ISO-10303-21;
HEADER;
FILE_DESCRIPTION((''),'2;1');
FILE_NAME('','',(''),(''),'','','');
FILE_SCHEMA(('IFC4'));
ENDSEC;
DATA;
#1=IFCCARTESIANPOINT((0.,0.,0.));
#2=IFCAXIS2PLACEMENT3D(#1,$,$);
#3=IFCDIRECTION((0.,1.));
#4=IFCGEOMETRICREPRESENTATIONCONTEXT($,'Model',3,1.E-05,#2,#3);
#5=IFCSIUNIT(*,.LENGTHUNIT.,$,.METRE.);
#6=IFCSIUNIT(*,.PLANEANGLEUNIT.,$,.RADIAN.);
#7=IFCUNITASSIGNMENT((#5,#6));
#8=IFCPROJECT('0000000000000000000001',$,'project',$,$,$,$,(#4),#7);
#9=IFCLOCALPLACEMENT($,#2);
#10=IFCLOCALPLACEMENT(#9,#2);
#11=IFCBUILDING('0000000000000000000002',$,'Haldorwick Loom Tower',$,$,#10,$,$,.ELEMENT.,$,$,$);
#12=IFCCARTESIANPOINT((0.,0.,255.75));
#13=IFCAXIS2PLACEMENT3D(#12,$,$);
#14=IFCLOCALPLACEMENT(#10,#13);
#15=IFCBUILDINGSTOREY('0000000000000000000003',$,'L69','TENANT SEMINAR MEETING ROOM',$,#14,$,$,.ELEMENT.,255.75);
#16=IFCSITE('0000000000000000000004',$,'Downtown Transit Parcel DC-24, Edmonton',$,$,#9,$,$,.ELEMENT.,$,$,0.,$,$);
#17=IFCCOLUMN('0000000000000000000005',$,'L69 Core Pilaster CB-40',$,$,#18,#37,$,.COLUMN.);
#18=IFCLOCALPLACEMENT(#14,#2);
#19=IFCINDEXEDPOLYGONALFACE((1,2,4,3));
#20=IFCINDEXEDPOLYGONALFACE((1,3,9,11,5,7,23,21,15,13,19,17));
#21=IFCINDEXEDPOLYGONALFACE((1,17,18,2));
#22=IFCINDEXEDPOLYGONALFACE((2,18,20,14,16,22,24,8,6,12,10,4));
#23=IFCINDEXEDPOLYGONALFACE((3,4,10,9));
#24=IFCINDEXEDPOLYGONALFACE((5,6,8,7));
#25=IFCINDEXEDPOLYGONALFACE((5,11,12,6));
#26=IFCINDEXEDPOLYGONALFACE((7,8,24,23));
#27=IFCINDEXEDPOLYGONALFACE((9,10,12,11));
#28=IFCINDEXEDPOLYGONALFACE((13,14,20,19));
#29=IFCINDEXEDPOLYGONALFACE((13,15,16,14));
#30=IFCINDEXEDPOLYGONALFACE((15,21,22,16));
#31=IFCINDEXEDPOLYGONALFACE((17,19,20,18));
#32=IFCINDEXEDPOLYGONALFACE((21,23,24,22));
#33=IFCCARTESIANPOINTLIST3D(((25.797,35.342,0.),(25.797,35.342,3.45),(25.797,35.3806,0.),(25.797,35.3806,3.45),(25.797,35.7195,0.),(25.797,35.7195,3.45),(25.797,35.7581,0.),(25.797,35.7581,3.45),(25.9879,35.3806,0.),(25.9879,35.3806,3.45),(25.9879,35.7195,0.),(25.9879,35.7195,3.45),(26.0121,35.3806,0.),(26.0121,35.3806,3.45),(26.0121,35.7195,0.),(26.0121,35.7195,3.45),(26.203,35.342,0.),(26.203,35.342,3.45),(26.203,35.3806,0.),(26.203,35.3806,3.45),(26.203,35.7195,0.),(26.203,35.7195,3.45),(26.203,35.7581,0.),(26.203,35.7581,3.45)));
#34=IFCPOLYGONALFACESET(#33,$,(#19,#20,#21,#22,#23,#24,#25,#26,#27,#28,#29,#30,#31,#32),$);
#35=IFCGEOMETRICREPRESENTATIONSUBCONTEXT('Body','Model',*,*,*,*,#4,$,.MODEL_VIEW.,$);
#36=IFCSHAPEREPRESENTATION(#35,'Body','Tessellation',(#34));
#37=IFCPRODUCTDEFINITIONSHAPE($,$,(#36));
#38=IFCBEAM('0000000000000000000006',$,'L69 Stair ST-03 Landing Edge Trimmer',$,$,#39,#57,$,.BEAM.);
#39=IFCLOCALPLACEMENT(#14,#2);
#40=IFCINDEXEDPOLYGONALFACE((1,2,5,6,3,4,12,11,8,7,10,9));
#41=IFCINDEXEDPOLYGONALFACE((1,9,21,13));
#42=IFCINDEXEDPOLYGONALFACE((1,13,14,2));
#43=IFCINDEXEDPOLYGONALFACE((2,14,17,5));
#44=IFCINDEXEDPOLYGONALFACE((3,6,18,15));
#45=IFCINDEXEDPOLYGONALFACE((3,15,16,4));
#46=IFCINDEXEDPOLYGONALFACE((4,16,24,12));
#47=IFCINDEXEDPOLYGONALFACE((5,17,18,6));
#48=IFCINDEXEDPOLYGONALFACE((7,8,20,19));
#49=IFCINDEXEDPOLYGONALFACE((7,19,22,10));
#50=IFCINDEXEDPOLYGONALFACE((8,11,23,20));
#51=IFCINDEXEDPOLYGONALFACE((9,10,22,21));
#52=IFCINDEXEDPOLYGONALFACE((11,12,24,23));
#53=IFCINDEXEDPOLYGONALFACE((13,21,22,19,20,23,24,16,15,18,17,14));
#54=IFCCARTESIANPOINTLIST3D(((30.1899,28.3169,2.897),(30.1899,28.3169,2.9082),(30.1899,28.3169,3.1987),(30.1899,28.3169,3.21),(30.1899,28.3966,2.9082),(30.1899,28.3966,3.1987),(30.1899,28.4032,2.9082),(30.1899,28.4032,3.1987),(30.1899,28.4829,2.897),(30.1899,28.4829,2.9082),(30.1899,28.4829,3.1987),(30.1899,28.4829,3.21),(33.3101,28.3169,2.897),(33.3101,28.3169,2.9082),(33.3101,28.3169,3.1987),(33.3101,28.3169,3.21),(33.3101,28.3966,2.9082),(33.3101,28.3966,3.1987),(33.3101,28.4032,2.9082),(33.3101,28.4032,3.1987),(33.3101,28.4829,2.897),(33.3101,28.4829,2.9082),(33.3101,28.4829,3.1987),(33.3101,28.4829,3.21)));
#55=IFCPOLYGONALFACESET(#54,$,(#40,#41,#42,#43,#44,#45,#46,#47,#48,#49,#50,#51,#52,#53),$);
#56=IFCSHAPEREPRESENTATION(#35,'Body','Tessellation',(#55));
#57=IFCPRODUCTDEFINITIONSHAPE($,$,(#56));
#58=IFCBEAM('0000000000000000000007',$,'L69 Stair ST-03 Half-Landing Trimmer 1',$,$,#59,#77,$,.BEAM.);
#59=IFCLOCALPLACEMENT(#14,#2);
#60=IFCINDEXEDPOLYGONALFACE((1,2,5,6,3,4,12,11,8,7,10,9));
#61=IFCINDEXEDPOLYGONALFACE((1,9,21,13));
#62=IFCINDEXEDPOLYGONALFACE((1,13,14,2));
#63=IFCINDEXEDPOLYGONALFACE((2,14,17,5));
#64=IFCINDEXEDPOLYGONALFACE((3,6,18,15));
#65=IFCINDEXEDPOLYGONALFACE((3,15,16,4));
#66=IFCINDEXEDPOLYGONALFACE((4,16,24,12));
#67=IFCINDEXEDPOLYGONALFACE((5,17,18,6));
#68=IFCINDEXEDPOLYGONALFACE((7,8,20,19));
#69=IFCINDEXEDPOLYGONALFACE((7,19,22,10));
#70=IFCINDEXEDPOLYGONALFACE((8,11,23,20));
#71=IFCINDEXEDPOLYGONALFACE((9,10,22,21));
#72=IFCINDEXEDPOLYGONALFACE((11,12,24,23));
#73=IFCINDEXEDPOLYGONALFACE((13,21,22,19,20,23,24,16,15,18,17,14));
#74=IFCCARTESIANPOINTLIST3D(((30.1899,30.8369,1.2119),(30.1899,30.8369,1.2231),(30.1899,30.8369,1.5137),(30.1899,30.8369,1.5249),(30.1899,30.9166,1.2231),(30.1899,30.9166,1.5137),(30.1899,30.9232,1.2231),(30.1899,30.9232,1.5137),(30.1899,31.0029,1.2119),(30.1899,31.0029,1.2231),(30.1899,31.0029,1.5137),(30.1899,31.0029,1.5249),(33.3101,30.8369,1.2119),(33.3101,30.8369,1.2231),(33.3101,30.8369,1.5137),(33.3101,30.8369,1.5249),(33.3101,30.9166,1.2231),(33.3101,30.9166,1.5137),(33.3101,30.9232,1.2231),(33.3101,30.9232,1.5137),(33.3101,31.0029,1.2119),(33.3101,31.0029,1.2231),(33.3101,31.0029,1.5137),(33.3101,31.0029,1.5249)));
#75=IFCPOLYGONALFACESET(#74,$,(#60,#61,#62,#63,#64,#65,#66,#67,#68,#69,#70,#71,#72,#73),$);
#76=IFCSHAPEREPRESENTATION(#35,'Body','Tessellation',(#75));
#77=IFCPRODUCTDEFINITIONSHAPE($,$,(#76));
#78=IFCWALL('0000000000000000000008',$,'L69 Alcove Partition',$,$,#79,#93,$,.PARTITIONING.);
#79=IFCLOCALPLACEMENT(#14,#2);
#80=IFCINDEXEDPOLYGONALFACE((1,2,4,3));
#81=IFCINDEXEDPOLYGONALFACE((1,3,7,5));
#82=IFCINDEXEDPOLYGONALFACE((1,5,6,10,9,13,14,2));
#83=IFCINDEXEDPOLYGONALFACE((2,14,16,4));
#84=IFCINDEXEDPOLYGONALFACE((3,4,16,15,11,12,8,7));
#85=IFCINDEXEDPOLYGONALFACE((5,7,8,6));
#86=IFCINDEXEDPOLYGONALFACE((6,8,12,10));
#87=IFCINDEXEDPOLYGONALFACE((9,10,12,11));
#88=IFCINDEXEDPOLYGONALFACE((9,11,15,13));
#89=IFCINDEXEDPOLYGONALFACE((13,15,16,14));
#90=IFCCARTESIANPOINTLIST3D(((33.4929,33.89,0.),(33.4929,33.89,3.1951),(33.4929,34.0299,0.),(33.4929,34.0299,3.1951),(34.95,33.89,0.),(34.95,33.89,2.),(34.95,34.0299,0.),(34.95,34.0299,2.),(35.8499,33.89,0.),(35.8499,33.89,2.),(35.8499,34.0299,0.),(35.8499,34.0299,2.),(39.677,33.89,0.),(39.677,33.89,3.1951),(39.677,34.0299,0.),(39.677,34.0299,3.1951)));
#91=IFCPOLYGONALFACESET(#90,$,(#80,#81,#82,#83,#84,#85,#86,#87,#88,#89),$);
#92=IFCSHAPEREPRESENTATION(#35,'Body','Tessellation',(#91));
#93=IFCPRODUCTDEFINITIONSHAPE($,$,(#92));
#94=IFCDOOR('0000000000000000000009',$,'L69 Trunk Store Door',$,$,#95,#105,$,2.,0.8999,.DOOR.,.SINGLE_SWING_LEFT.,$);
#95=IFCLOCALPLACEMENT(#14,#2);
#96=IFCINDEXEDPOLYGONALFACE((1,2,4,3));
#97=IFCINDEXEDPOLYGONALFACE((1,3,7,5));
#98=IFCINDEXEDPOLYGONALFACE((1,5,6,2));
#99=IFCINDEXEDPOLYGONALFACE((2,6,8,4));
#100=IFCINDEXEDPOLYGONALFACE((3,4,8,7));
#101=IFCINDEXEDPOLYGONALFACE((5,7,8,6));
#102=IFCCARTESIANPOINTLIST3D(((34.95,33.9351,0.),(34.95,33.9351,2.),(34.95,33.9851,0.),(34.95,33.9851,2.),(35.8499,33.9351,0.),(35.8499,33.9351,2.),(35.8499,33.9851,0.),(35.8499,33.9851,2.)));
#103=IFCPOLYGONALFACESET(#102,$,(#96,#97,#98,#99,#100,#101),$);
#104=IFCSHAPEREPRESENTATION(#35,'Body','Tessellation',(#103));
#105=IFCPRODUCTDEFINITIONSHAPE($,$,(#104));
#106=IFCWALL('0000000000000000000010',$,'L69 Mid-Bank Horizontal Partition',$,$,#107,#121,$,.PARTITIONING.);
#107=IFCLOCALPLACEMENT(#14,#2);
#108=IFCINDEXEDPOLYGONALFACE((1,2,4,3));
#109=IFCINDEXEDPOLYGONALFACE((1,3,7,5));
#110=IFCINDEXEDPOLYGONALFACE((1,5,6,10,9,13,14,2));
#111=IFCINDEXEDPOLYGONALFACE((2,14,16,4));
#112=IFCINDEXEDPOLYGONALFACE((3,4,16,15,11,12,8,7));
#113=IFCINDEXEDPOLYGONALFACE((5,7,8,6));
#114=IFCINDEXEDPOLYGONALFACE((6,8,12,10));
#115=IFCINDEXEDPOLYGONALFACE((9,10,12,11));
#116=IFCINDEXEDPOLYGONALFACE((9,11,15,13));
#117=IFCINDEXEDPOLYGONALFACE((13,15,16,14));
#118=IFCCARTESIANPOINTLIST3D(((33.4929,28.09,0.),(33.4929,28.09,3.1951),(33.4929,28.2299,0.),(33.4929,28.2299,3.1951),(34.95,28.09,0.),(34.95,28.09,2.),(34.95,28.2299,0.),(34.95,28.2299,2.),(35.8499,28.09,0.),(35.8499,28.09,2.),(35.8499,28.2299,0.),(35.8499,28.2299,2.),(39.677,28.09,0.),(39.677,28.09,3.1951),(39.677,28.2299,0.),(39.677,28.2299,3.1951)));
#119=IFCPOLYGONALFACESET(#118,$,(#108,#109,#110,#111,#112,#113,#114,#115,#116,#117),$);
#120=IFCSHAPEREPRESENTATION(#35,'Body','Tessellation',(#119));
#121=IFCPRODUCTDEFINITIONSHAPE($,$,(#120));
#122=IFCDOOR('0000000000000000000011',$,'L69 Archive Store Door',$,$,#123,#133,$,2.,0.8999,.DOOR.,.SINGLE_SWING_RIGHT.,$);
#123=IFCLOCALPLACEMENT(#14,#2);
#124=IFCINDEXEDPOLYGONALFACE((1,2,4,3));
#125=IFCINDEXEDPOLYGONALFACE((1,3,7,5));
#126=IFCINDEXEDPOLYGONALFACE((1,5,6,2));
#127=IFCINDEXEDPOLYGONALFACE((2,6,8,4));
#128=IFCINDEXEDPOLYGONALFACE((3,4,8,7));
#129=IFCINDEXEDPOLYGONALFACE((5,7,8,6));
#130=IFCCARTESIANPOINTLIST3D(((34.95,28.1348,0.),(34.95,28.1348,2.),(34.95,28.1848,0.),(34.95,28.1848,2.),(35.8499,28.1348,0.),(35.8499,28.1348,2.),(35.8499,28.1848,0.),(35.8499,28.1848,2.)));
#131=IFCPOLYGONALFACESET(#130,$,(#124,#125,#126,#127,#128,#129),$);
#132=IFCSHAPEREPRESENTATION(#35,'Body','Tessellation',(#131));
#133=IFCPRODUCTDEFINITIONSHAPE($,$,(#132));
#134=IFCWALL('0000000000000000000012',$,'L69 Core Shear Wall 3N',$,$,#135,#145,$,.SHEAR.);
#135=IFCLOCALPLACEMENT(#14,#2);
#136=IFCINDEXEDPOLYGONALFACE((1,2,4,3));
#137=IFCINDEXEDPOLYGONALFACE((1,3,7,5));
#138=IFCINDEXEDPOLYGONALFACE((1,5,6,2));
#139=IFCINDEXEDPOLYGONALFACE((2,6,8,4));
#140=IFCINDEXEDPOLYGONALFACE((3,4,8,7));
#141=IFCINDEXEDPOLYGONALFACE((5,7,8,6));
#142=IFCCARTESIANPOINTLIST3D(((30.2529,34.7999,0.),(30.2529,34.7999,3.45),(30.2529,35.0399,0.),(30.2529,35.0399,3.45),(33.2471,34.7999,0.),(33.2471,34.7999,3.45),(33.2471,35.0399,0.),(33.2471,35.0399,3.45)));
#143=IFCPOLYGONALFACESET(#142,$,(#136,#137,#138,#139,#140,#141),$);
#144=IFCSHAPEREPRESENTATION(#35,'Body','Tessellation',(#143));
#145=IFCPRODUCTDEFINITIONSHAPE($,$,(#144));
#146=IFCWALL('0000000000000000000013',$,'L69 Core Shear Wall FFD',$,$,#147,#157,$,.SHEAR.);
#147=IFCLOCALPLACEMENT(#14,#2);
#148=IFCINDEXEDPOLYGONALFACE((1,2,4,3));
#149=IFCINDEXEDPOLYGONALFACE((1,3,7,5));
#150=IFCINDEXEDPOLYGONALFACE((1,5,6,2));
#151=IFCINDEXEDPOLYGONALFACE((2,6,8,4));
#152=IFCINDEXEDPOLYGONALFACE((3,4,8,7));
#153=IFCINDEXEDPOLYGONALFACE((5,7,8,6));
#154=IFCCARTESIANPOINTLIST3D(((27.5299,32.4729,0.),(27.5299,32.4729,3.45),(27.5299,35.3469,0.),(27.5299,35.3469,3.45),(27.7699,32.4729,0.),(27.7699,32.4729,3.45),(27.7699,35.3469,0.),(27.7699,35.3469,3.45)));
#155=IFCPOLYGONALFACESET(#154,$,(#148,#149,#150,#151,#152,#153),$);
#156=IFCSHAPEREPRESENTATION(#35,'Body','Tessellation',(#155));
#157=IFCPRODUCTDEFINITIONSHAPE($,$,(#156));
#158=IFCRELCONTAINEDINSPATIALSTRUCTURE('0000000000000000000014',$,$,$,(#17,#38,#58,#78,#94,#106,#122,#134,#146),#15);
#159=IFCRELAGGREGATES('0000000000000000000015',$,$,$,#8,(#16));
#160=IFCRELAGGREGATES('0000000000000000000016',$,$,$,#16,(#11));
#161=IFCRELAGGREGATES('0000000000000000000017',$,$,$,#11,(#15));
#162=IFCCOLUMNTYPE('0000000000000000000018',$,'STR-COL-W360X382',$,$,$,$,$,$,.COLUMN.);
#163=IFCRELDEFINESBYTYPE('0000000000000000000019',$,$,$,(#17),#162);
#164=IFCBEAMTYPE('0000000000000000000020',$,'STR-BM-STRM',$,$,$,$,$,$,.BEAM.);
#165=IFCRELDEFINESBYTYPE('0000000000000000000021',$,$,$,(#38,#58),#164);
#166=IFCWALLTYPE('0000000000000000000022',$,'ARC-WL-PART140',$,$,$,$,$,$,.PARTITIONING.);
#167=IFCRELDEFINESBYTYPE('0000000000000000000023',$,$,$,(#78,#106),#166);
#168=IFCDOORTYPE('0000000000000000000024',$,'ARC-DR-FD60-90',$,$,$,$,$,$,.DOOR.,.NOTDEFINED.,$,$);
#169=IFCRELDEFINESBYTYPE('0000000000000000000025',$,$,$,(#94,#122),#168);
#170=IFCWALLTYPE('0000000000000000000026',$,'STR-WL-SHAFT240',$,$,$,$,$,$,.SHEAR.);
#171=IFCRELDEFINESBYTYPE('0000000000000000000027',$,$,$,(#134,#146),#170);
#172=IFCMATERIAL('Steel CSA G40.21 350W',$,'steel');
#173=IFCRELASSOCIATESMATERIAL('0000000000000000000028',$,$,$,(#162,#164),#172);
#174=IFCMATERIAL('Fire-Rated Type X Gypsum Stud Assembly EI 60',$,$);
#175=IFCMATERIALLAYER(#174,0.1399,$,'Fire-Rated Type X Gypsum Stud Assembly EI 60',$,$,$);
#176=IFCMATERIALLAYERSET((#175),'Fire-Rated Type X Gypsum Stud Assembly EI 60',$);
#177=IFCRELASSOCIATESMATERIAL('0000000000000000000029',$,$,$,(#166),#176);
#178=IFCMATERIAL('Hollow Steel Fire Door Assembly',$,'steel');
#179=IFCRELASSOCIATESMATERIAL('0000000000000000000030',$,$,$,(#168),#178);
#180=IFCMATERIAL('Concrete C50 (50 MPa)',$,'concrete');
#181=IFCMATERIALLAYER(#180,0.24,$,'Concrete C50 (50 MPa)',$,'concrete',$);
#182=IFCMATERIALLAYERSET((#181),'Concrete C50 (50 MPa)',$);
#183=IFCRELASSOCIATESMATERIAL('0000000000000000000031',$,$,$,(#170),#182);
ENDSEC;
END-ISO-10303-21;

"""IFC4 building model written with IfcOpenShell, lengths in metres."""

from ifc_helpers import new_model, si_unit, direction, frame, frame_2d, origin, origin_2d, place, context, subcontext, project, spatial, rectangle, i_section, extrude, material, layer, layer_set, material_profile, profile_set, type_object, element, fill, save


model = new_model("IFC4")

# Units and contexts
model_context = context("Model", 3, precision=1e-05, world=origin(), true_north=direction((0.0, 1.0)))
body_context = subcontext(model_context, "Body", "Model", "MODEL_VIEW")
ifc_project = project(units=[si_unit("LENGTHUNIT", "METRE"), si_unit("PLANEANGLEUNIT", "RADIAN")], contexts=[model_context])

# Site, building, storey
site_placement = place(None, origin())
site = spatial("IfcSite", under=ifc_project, at=site_placement, Name="Downtown Transit Parcel DC-24, Edmonton", CompositionType="ELEMENT", RefElevation=0.0)
building_placement = place(site_placement, origin())
building = spatial("IfcBuilding", under=site, at=building_placement, Name="Haldorwick Loom Tower", CompositionType="ELEMENT")
storey_placement = place(building_placement, frame((0.0, 0.0, 255.75)))
storey = spatial("IfcBuildingStorey", under=building, at=storey_placement, Name="L69", Description="TENANT SEMINAR MEETING ROOM", CompositionType="ELEMENT", Elevation=255.75)

# Column
ifc_material_1 = material(Name="Steel CSA G40.21 350W", Category="steel")
ifc_material_profile_1 = material_profile(ifc_material_1, i_section(OverallWidth=0.406, OverallDepth=0.416, WebThickness=0.0242, FlangeThickness=0.0386, at=origin_2d()), Name="W360X382", Category="steel")
ifc_profile_set_1 = profile_set([ifc_material_profile_1], Name="Steel CSA G40.21 350W")
column_type = type_object("IfcColumnType", Name="STR-COL-W360X382", PredefinedType="COLUMN", material=ifc_profile_set_1)
column_placement = place(storey_placement, frame((26.0, 35.55, 0.0), z_axis=(0.0, 0.0, 1.0), x_axis=(1.0, 0.0, 0.0)))
element("IfcColumn", 1, at=column_placement, inside=storey, type_object=column_type, Name="L69 Core Pilaster CB-40", PredefinedType="COLUMN", context=body_context, shape_type="SweptSolid", body=[
    extrude(i_section(OverallWidth=0.406, OverallDepth=0.416, WebThickness=0.0242, FlangeThickness=0.0386, at=origin_2d()), origin(), (0.0, 0.0, 1.0), 3.45),
])

# Beams
ifc_material_profile_2 = material_profile(ifc_material_1, i_section(OverallWidth=0.166, OverallDepth=0.313, WebThickness=0.0066, FlangeThickness=0.0112, at=origin_2d()), Name="W310X45", Category="steel")
ifc_profile_set_2 = profile_set([ifc_material_profile_2], Name="Steel CSA G40.21 350W")
beam_type = type_object("IfcBeamType", Name="STR-BM-STRM", PredefinedType="BEAM", material=ifc_profile_set_2)
for number, where, z_axis, x_axis, name in (
    (2, (30.1899, 28.3999, 3.0535), (1.0, 0.0, 0.0), (0.0, 1.0, 0.0), "L69 Stair ST-03 Landing Edge Trimmer"),
    (3, (30.1899, 30.9199, 1.3684), (1.0, 0.0, 0.0), (0.0, 1.0, 0.0), "L69 Stair ST-03 Half-Landing Trimmer 1"),
):
    element("IfcBeam", number, at=place(storey_placement, frame(where, z_axis=z_axis, x_axis=x_axis)), inside=storey, type_object=beam_type, Name=name, PredefinedType="BEAM", context=body_context, shape_type="SweptSolid", body=[
        extrude(i_section(OverallWidth=0.166, OverallDepth=0.313, WebThickness=0.0066, FlangeThickness=0.0112, at=origin_2d()), origin(), (0.0, 0.0, 1.0), 3.1201),
    ])

# Walls, openings, doors
ifc_material_2 = material(Name="Fire-Rated Type X Gypsum Stud Assembly EI 60")
ifc_layer_1 = layer(ifc_material_2, 0.1399, Name="Fire-Rated Type X Gypsum Stud Assembly EI 60")
ifc_layer_set_1 = layer_set([ifc_layer_1], Name="Fire-Rated Type X Gypsum Stud Assembly EI 60")
wall_type_1 = type_object("IfcWallType", Name="ARC-WL-PART140", PredefinedType="PARTITIONING", material=ifc_layer_set_1)
wall_1_placement = place(storey_placement, frame((33.4929, 33.96, 0.0), z_axis=(0.0, 0.0, 1.0), x_axis=(1.0, 0.0, 0.0)))
wall_1 = element("IfcWall", 4, at=wall_1_placement, inside=storey, type_object=wall_type_1, Name="L69 Alcove Partition", PredefinedType="PARTITIONING", context=body_context, shape_type="SweptSolid", body=[
    extrude(rectangle(XDim=6.1841, YDim=0.1399, at=frame_2d((3.092, 0.0))), origin(), (0.0, 0.0, 1.0), 3.1951),
])
opening_1_placement = place(wall_1_placement, frame((1.457, 0.0, 0.0)))
opening_1 = element("IfcOpeningElement", 5, at=opening_1_placement, cuts=wall_1, PredefinedType="OPENING", context=body_context, shape_type="SweptSolid", body=[
    extrude(rectangle(XDim=0.8999, YDim=2.0, at=frame_2d((0.45, 1.0))), frame((0.0, 0.0798, 0.0), z_axis=(0.0, -1.0, 0.0), x_axis=(1.0, 0.0, 0.0)), (0.0, 0.0, 1.0), 0.1599),
])
ifc_material_3 = material(Name="Hollow Steel Fire Door Assembly", Category="steel")
door_type_1 = type_object("IfcDoorType", Name="ARC-DR-FD60-90", OperationType="NOTDEFINED", PredefinedType="DOOR", material=ifc_material_3)
door_1_placement = place(opening_1_placement, frame((0.8999, 0.0, 0.0), z_axis=(0.0, 0.0, 1.0), x_axis=(-1.0, 0.0, 0.0)))
door_1 = element("IfcDoor", 6, at=door_1_placement, inside=storey, type_object=door_type_1, Name="L69 Trunk Store Door", OperationType="SINGLE_SWING_LEFT", OverallHeight=2.0, OverallWidth=0.8999, PredefinedType="DOOR", context=body_context, shape_type="SweptSolid", body=[
    extrude(rectangle(XDim=0.8999, YDim=2.0, at=frame_2d((0.45, 1.0))), frame((0.0, 0.0249, 0.0), z_axis=(0.0, -1.0, 0.0), x_axis=(1.0, 0.0, 0.0)), (0.0, 0.0, 1.0), 0.05),
])
fill(opening_1, door_1)
wall_2_placement = place(storey_placement, frame((33.4929, 28.1599, 0.0), z_axis=(0.0, 0.0, 1.0), x_axis=(1.0, 0.0, 0.0)))
wall_2 = element("IfcWall", 7, at=wall_2_placement, inside=storey, type_object=wall_type_1, Name="L69 Mid-Bank Horizontal Partition", PredefinedType="PARTITIONING", context=body_context, shape_type="SweptSolid", body=[
    extrude(rectangle(XDim=6.1841, YDim=0.1399, at=frame_2d((3.092, 0.0))), origin(), (0.0, 0.0, 1.0), 3.1951),
])
opening_2_placement = place(wall_2_placement, frame((1.457, 0.0, 0.0)))
opening_2 = element("IfcOpeningElement", 8, at=opening_2_placement, cuts=wall_2, PredefinedType="OPENING", context=body_context, shape_type="SweptSolid", body=[
    extrude(rectangle(XDim=0.8999, YDim=2.0, at=frame_2d((0.45, 1.0))), frame((0.0, 0.0798, 0.0), z_axis=(0.0, -1.0, 0.0), x_axis=(1.0, 0.0, 0.0)), (0.0, 0.0, 1.0), 0.1599),
])
door_2_placement = place(opening_2_placement, origin())
door_2 = element("IfcDoor", 9, at=door_2_placement, inside=storey, type_object=door_type_1, Name="L69 Archive Store Door", OperationType="SINGLE_SWING_RIGHT", OverallHeight=2.0, OverallWidth=0.8999, PredefinedType="DOOR", context=body_context, shape_type="SweptSolid", body=[
    extrude(rectangle(XDim=0.8999, YDim=2.0, at=frame_2d((0.45, 1.0))), frame((0.0, 0.0249, 0.0), z_axis=(0.0, -1.0, 0.0), x_axis=(1.0, 0.0, 0.0)), (0.0, 0.0, 1.0), 0.05),
])
fill(opening_2, door_2)

# Walls
ifc_material_4 = material(Name="Concrete C50 (50 MPa)", Category="concrete")
ifc_layer_2 = layer(ifc_material_4, 0.24, Name="Concrete C50 (50 MPa)", Category="concrete")
ifc_layer_set_2 = layer_set([ifc_layer_2], Name="Concrete C50 (50 MPa)")
wall_type_2 = type_object("IfcWallType", Name="STR-WL-SHAFT240", PredefinedType="SHEAR", material=ifc_layer_set_2)
wall_3_placement = place(storey_placement, frame((30.2529, 34.9199, 0.0), z_axis=(0.0, 0.0, 1.0), x_axis=(1.0, 0.0, 0.0)))
element("IfcWall", 10, at=wall_3_placement, inside=storey, type_object=wall_type_2, Name="L69 Core Shear Wall 3N", PredefinedType="SHEAR", context=body_context, shape_type="SweptSolid", body=[
    extrude(rectangle(XDim=2.9941, YDim=0.24, at=frame_2d((1.4971, 0.0))), origin(), (0.0, 0.0, 1.0), 3.45),
])
wall_4_placement = place(storey_placement, frame((27.6499, 32.4729, 0.0), z_axis=(0.0, 0.0, 1.0), x_axis=(0.0, 1.0, 0.0)))
element("IfcWall", 11, at=wall_4_placement, inside=storey, type_object=wall_type_2, Name="L69 Core Shear Wall FFD", PredefinedType="SHEAR", context=body_context, shape_type="SweptSolid", body=[
    extrude(rectangle(XDim=2.874, YDim=0.24, at=frame_2d((1.437, 0.0))), origin(), (0.0, 0.0, 1.0), 3.45),
])

save(model, "model.ifc")
